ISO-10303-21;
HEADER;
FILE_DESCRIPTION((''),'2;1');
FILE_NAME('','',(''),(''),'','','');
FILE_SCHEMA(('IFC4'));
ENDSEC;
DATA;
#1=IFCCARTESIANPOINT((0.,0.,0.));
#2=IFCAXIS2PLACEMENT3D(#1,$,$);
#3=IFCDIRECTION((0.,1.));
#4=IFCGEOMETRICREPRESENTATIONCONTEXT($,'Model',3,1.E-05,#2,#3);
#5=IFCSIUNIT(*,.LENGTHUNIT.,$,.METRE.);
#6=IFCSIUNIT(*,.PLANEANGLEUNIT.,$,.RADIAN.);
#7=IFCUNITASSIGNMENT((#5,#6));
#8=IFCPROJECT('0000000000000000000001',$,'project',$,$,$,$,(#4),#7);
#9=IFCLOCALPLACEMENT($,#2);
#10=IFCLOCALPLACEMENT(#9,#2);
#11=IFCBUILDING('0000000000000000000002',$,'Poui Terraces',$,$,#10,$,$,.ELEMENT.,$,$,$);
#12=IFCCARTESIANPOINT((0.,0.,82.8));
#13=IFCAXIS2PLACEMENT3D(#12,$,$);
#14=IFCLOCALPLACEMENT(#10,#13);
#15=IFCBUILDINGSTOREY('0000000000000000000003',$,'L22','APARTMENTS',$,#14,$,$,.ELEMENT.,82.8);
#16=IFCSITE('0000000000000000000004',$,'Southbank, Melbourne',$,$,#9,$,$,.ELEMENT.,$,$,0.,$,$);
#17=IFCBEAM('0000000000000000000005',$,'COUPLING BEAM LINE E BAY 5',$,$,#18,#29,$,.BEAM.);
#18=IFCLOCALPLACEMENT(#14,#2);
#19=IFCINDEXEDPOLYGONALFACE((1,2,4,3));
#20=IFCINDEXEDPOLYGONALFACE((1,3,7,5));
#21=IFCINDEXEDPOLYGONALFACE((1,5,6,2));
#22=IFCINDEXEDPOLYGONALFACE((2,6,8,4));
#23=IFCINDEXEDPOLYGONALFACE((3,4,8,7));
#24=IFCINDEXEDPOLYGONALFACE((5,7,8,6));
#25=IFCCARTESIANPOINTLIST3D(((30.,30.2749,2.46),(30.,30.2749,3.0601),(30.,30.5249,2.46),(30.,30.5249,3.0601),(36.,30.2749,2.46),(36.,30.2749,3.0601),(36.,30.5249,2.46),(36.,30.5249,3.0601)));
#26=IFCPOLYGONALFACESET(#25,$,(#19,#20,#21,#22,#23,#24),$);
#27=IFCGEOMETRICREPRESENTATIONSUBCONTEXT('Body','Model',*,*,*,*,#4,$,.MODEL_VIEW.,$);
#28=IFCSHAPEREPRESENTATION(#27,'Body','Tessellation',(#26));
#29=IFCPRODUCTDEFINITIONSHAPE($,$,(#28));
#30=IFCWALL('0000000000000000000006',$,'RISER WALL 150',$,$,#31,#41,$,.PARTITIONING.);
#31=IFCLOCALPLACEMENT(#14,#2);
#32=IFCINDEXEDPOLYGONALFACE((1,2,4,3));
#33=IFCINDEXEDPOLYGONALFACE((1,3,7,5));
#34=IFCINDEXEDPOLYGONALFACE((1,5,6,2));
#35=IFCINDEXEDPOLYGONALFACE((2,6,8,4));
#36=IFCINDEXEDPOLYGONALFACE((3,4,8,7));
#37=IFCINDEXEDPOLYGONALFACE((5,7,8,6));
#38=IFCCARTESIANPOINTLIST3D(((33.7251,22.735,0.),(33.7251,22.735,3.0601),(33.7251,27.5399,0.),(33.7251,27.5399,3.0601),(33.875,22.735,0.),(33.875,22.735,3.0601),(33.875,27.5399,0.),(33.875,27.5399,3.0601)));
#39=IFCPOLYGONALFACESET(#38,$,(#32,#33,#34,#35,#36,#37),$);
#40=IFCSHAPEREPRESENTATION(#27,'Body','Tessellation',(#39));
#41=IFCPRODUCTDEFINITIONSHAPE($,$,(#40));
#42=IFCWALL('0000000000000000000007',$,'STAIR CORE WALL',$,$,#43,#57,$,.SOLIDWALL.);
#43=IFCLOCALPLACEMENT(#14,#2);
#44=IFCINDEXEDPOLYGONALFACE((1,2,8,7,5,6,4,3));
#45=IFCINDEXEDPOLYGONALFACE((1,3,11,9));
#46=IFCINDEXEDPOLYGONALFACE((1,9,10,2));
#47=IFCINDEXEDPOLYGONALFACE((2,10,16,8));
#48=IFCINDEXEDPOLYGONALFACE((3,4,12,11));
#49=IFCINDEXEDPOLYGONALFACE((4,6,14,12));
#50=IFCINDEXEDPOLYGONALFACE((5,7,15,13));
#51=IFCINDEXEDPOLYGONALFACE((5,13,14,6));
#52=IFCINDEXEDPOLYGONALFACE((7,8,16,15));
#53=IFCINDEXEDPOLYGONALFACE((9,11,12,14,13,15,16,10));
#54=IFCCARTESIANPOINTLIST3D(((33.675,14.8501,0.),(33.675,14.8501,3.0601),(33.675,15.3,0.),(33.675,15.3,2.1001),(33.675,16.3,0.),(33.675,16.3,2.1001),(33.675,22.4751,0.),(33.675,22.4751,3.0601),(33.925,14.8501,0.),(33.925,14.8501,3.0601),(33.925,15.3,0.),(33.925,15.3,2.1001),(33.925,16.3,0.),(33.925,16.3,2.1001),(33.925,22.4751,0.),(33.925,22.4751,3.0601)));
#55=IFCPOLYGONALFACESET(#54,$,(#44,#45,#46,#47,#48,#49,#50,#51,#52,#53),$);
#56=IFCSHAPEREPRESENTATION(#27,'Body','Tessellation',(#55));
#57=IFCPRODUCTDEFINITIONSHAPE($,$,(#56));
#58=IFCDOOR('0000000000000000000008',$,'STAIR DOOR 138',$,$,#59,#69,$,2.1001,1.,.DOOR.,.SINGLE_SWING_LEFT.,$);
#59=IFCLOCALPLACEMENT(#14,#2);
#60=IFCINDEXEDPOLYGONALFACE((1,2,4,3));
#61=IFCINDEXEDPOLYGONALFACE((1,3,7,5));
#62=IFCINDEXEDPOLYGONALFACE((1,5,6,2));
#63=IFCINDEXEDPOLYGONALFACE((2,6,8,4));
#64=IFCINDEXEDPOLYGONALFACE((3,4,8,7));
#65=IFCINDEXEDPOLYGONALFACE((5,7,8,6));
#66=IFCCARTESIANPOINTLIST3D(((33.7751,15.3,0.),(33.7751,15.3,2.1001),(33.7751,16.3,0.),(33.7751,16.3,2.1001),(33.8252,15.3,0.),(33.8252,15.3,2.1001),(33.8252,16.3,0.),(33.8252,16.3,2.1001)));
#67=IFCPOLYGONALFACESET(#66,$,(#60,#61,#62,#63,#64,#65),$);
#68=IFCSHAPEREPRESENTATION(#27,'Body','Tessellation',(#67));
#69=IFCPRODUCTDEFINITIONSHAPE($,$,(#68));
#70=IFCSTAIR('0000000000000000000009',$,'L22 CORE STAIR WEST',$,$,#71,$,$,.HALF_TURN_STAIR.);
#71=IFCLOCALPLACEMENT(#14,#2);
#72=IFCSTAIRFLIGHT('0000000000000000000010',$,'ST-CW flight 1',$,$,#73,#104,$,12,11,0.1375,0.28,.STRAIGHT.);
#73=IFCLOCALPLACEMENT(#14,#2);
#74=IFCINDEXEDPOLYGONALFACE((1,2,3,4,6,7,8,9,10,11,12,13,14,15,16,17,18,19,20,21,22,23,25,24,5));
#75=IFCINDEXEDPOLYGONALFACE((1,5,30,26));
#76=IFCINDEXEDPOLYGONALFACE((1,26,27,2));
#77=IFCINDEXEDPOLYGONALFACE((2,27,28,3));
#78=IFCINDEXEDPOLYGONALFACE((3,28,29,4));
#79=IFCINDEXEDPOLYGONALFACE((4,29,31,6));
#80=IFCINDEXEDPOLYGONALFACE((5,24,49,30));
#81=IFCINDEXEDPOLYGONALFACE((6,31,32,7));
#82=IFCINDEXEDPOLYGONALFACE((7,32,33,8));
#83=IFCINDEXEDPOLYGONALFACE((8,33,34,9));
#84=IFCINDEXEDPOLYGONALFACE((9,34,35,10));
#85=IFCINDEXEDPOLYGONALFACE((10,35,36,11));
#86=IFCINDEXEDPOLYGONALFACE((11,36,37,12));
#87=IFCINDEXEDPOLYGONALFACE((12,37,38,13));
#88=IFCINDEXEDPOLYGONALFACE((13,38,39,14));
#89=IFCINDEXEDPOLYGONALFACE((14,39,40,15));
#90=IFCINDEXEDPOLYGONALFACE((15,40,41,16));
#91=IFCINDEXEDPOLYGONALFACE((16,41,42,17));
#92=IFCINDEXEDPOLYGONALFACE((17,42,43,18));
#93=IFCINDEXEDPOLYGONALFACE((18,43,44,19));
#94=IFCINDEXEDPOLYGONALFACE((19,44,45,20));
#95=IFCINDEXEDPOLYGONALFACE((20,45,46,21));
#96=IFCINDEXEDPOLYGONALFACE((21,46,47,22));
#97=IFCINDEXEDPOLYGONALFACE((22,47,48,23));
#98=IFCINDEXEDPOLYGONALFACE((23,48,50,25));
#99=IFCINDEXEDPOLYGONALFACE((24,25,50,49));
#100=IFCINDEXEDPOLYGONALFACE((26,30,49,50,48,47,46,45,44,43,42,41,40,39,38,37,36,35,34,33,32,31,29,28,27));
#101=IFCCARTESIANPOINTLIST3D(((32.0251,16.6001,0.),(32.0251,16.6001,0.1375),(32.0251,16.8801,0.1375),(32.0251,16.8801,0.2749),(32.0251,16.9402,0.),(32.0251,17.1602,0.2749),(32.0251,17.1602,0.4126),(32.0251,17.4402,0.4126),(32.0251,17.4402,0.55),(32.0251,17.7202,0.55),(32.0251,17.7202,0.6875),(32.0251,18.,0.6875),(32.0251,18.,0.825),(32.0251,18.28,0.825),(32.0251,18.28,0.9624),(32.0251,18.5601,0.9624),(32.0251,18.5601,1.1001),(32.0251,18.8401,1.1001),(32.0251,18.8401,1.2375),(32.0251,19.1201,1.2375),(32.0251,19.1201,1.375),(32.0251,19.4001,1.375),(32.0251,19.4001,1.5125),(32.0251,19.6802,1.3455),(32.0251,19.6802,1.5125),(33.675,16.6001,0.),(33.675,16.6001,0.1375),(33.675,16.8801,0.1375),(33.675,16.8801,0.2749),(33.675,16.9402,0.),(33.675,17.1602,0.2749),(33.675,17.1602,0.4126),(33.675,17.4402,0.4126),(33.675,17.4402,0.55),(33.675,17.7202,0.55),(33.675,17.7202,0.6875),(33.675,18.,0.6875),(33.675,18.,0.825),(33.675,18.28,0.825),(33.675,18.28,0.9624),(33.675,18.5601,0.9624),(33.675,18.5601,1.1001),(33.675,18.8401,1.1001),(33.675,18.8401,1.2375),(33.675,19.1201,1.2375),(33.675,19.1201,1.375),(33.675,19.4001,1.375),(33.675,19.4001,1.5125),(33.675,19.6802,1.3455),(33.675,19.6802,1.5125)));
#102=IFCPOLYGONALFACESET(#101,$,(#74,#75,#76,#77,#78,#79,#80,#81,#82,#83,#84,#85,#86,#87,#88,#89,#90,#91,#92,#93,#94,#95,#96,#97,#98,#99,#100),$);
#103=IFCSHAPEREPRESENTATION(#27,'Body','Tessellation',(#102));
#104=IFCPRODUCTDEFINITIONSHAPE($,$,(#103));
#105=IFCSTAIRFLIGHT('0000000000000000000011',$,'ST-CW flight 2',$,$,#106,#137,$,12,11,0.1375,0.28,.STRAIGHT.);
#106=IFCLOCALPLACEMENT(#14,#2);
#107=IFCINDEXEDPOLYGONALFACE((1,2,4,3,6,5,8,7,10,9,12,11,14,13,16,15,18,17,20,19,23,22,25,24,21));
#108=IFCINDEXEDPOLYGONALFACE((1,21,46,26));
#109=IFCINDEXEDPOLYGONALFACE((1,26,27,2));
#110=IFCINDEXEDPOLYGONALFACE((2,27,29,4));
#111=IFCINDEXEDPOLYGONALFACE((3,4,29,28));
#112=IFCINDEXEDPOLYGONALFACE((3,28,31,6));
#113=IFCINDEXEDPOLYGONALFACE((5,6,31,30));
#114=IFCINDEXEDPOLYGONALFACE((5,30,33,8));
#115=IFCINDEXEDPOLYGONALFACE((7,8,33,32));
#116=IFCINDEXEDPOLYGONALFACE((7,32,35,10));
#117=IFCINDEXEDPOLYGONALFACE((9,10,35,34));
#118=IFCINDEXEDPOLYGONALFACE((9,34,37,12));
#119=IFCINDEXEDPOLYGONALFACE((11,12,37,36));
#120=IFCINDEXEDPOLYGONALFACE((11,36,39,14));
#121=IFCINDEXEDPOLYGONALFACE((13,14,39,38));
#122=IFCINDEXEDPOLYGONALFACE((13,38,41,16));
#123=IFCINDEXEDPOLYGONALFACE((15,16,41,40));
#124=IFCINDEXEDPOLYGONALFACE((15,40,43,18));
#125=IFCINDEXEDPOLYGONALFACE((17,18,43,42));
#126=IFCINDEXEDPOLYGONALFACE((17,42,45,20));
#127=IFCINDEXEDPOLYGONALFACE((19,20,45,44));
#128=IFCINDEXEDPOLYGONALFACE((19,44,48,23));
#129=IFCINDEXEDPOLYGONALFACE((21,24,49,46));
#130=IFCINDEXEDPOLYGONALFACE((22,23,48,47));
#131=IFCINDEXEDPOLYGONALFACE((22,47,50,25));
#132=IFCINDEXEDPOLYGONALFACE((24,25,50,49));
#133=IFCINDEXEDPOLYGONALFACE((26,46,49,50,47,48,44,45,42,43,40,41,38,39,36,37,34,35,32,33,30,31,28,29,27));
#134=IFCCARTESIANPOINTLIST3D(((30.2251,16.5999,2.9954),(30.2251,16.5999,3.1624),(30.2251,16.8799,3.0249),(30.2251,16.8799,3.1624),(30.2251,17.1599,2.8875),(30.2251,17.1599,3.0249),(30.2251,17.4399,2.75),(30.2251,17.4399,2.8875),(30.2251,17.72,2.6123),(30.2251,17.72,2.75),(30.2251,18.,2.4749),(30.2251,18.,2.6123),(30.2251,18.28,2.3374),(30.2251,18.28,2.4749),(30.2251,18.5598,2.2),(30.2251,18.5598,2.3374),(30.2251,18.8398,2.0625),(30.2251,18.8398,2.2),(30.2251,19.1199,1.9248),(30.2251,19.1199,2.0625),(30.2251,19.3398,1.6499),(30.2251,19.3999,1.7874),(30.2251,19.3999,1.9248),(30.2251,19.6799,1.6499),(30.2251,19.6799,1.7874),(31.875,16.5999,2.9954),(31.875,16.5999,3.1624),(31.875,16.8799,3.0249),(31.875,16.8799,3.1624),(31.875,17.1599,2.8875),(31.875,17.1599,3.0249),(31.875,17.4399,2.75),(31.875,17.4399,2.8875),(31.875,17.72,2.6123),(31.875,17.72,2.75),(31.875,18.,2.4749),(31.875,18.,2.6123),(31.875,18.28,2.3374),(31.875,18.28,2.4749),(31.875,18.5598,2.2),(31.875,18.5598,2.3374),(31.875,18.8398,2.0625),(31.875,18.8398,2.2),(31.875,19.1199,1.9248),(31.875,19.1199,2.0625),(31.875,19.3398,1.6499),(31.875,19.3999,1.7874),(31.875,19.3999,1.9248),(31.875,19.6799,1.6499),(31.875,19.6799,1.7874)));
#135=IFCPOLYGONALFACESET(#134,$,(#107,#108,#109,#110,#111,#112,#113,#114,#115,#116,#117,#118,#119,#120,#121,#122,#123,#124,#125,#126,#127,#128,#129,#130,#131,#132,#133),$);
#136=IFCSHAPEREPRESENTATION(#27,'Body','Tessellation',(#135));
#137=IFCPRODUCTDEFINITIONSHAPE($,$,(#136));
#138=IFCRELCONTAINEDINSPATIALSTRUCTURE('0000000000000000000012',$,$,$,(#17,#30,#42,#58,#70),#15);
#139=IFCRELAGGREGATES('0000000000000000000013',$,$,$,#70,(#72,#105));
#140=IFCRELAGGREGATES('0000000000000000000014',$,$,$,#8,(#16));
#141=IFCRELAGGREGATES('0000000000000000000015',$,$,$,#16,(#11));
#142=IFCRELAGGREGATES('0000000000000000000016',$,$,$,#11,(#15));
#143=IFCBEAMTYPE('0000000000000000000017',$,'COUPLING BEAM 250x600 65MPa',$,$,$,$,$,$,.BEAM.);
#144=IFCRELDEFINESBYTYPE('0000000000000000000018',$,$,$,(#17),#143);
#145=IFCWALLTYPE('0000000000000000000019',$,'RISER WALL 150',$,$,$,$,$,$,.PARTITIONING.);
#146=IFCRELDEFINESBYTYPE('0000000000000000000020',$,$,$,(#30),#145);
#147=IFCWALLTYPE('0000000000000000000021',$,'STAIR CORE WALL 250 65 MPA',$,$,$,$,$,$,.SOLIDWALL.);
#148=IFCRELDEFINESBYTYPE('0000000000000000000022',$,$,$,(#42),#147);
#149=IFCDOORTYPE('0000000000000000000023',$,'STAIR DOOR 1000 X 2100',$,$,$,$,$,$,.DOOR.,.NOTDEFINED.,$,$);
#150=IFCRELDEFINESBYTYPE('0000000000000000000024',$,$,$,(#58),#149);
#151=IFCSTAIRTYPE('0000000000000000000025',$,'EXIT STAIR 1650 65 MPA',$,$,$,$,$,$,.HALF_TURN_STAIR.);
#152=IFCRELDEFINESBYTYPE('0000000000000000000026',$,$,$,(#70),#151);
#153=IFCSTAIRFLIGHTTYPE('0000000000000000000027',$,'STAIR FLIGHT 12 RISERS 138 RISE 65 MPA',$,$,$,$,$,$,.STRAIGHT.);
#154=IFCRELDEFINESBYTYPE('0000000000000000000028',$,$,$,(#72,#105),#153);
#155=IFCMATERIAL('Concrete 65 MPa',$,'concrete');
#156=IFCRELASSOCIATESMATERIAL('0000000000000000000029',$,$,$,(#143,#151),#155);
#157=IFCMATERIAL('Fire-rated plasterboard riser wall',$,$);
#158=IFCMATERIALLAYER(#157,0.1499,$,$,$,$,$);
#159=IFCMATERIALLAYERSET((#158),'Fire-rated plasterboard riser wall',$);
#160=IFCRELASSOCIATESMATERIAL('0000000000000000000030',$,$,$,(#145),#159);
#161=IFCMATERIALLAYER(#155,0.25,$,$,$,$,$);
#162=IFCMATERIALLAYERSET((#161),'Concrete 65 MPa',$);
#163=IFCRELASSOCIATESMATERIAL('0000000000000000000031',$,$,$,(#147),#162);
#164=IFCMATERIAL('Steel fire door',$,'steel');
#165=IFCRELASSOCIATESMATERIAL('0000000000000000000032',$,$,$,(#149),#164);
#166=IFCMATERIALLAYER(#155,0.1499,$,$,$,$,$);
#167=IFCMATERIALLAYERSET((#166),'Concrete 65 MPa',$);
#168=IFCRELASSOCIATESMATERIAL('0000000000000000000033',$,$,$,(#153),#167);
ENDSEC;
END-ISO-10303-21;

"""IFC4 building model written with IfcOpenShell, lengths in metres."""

from ifc_helpers import new_model, si_unit, direction, frame, frame_2d, origin, origin_2d, place, context, subcontext, project, spatial, polyline, rectangle, outline, extrude, source, transform, mapped, material, layer, layer_set, material_profile, profile_set, type_object, element, fill, aggregate, save


model = new_model("IFC4")

# Units and contexts
model_context = context("Model", 3, precision=1e-05, world=origin(), true_north=direction((0.0, 1.0)))
body_context = subcontext(model_context, "Body", "Model", "MODEL_VIEW")
ifc_project = project(units=[si_unit("LENGTHUNIT", "METRE"), si_unit("PLANEANGLEUNIT", "RADIAN")], contexts=[model_context])

# Site, building, storey
site_placement = place(None, origin())
site = spatial("IfcSite", under=ifc_project, at=site_placement, Name="Southbank, Melbourne", CompositionType="ELEMENT", RefElevation=0.0)
building_placement = place(site_placement, origin())
building = spatial("IfcBuilding", under=site, at=building_placement, Name="Poui Terraces", CompositionType="ELEMENT")
storey_placement = place(building_placement, frame((0.0, 0.0, 82.8)))
storey = spatial("IfcBuildingStorey", under=building, at=storey_placement, Name="L22", Description="APARTMENTS", CompositionType="ELEMENT", Elevation=82.8)

# Beam
ifc_material_1 = material(Name="Concrete 65 MPa", Category="concrete")
ifc_material_profile = material_profile(ifc_material_1, rectangle(XDim=0.25, YDim=0.6001, at=origin_2d()), Name="RC 250x600")
ifc_profile_set = profile_set([ifc_material_profile], Name="Concrete 65 MPa")
beam_type = type_object("IfcBeamType", Name="COUPLING BEAM 250x600 65MPa", PredefinedType="BEAM", material=ifc_profile_set)
shared_shape = source(origin(), body_context, "Body", "SweptSolid", [
    extrude(rectangle(XDim=0.25, YDim=0.6001, at=origin_2d()), origin(), (0.0, 0.0, 1.0), 6.0),
])
beam_placement = place(storey_placement, frame((30.0, 30.3999, 2.76), z_axis=(1.0, 0.0, 0.0), x_axis=(0.0, 1.0, 0.0)))
element("IfcBeam", 1, at=beam_placement, inside=storey, type_object=beam_type, Name="COUPLING BEAM LINE E BAY 5", PredefinedType="BEAM", context=body_context, shape_type="MappedRepresentation", body=[
    mapped(shared_shape, transform((0.0, 0.0, 0.0))),
])

# Shared definitions
ifc_material_2 = material(Name="Steel fire door", Category="steel")

# Wall
ifc_material_3 = material(Name="Fire-rated plasterboard riser wall")
ifc_layer_1 = layer(ifc_material_3, 0.1499)
ifc_layer_set_1 = layer_set([ifc_layer_1], Name="Fire-rated plasterboard riser wall")
wall_type_1 = type_object("IfcWallType", Name="RISER WALL 150", PredefinedType="PARTITIONING", material=ifc_layer_set_1)
wall_1_placement = place(storey_placement, frame((33.8, 22.7351, 0.0), z_axis=(0.0, 0.0, 1.0), x_axis=(0.0, 1.0, 0.0)))
element("IfcWall", 2, at=wall_1_placement, inside=storey, type_object=wall_type_1, Name="RISER WALL 150", PredefinedType="PARTITIONING", context=body_context, shape_type="SweptSolid", body=[
    extrude(rectangle(XDim=4.8049, YDim=0.1499, at=frame_2d((2.4023, 0.0))), origin(), (0.0, 0.0, 1.0), 3.0601),
])

# Wall, opening, door
ifc_layer_2 = layer(ifc_material_1, 0.25)
ifc_layer_set_2 = layer_set([ifc_layer_2], Name="Concrete 65 MPa")
wall_type_2 = type_object("IfcWallType", Name="STAIR CORE WALL 250 65 MPA", PredefinedType="SOLIDWALL", material=ifc_layer_set_2)
wall_2_placement = place(storey_placement, frame((33.8, 14.8501, 0.0), z_axis=(0.0, 0.0, 1.0), x_axis=(0.0, 1.0, 0.0)))
wall_2 = element("IfcWall", 3, at=wall_2_placement, inside=storey, type_object=wall_type_2, Name="STAIR CORE WALL", PredefinedType="SOLIDWALL", context=body_context, shape_type="SweptSolid", body=[
    extrude(rectangle(XDim=7.625, YDim=0.25, at=frame_2d((3.8125, 0.0))), origin(), (0.0, 0.0, 1.0), 3.0601),
])
opening_1_placement = place(wall_2_placement, frame((0.45, 0.0, 0.0)))
opening_1 = element("IfcOpeningElement", 4, at=opening_1_placement, cuts=wall_2, PredefinedType="OPENING", context=body_context, shape_type="SweptSolid", body=[
    extrude(rectangle(XDim=1.0, YDim=2.1001, at=frame_2d((0.5, 1.05))), frame((0.0, 0.135, 0.0), z_axis=(0.0, -1.0, 0.0), x_axis=(1.0, 0.0, 0.0)), (0.0, 0.0, 1.0), 0.27),
])
door_type_1 = type_object("IfcDoorType", Name="STAIR DOOR 1000 X 2100", OperationType="NOTDEFINED", PredefinedType="DOOR", material=ifc_material_2)
door_1_placement = place(opening_1_placement, origin())
door_1 = element("IfcDoor", 5, at=door_1_placement, inside=storey, type_object=door_type_1, Name="STAIR DOOR 138", OperationType="SINGLE_SWING_LEFT", OverallHeight=2.1001, OverallWidth=1.0, PredefinedType="DOOR", context=body_context, shape_type="SweptSolid", body=[
    extrude(rectangle(XDim=1.0, YDim=2.1001, at=frame_2d((0.5, 1.05))), frame((0.0, 0.0249, 0.0), z_axis=(0.0, -1.0, 0.0), x_axis=(1.0, 0.0, 0.0)), (0.0, 0.0, 1.0), 0.05),
])
fill(opening_1, door_1)

# Stair, stair flights
stair_type = type_object("IfcStairType", Name="EXIT STAIR 1650 65 MPA", PredefinedType="HALF_TURN_STAIR", material=ifc_material_1)
stair_placement = place(storey_placement, origin())
stair = element("IfcStair", 6, at=stair_placement, inside=storey, type_object=stair_type, Name="L22 CORE STAIR WEST", PredefinedType="HALF_TURN_STAIR")
ifc_layer_3 = layer(ifc_material_1, 0.1499)
ifc_layer_set_3 = layer_set([ifc_layer_3], Name="Concrete 65 MPa")
stair_flight_type = type_object("IfcStairFlightType", Name="STAIR FLIGHT 12 RISERS 138 RISE 65 MPA", PredefinedType="STRAIGHT", material=ifc_layer_set_3)
stair_flight_1_placement = place(storey_placement, frame((32.8501, 16.6001, 0.0), z_axis=(0.0, 0.0, 1.0), x_axis=(0.0, 1.0, 0.0)))
stair_flight_1 = element("IfcStairFlight", 7, at=stair_flight_1_placement, type_object=stair_flight_type, Name="ST-CW flight 1", NumberOfRisers=12, NumberOfTreads=11, PredefinedType="STRAIGHT", RiserHeight=0.1375, TreadLength=0.28, context=body_context, shape_type="SweptSolid", body=[
    extrude(outline(polyline([(0.0, 0.0), (0.0, 0.1375), (0.28, 0.1375), (0.28, 0.2749), (0.5601, 0.2749), (0.5601, 0.4126), (0.8401, 0.4126), (0.8401, 0.55), (1.1201, 0.55), (1.1201, 0.6875), (1.3999, 0.6875), (1.3999, 0.825), (1.6799, 0.825), (1.6799, 0.9624), (1.96, 0.9624), (1.96, 1.1001), (2.24, 1.1001), (2.24, 1.2375), (2.52, 1.2375), (2.52, 1.375), (2.8, 1.375), (2.8, 1.5125), (3.0801, 1.5125), (3.0801, 1.6499), (3.0801, 1.3455), (0.3401, 0.0), (0.0, 0.0)])), frame((0.0, 0.825, 0.0), z_axis=(0.0, -1.0, 0.0), x_axis=(1.0, 0.0, 0.0)), (0.0, 0.0, 1.0), 1.6499),
])
stair_flight_2_placement = place(storey_placement, frame((31.05, 19.6799, 1.6499), z_axis=(0.0, 0.0, 1.0), x_axis=(0.0, -1.0, 0.0)))
stair_flight_2 = element("IfcStairFlight", 8, at=stair_flight_2_placement, type_object=stair_flight_type, Name="ST-CW flight 2", NumberOfRisers=12, NumberOfTreads=11, PredefinedType="STRAIGHT", RiserHeight=0.1375, TreadLength=0.28, context=body_context, shape_type="SweptSolid", body=[
    extrude(outline(polyline([(0.0, 0.0), (0.0, 0.1375), (0.28, 0.1375), (0.28, 0.2749), (0.5601, 0.2749), (0.5601, 0.4126), (0.8401, 0.4126), (0.8401, 0.55), (1.1201, 0.55), (1.1201, 0.6875), (1.3999, 0.6875), (1.3999, 0.825), (1.6799, 0.825), (1.6799, 0.9624), (1.96, 0.9624), (1.96, 1.1001), (2.24, 1.1001), (2.24, 1.2375), (2.52, 1.2375), (2.52, 1.375), (2.8, 1.375), (2.8, 1.5125), (3.0801, 1.5125), (3.0801, 1.6499), (3.0801, 1.3455), (0.3401, 0.0), (0.0, 0.0)])), frame((0.0, 0.825, 0.0), z_axis=(0.0, -1.0, 0.0), x_axis=(1.0, 0.0, 0.0)), (0.0, 0.0, 1.0), 1.6499),
])
aggregate(stair, [stair_flight_1, stair_flight_2])

save(model, "model.ifc")
